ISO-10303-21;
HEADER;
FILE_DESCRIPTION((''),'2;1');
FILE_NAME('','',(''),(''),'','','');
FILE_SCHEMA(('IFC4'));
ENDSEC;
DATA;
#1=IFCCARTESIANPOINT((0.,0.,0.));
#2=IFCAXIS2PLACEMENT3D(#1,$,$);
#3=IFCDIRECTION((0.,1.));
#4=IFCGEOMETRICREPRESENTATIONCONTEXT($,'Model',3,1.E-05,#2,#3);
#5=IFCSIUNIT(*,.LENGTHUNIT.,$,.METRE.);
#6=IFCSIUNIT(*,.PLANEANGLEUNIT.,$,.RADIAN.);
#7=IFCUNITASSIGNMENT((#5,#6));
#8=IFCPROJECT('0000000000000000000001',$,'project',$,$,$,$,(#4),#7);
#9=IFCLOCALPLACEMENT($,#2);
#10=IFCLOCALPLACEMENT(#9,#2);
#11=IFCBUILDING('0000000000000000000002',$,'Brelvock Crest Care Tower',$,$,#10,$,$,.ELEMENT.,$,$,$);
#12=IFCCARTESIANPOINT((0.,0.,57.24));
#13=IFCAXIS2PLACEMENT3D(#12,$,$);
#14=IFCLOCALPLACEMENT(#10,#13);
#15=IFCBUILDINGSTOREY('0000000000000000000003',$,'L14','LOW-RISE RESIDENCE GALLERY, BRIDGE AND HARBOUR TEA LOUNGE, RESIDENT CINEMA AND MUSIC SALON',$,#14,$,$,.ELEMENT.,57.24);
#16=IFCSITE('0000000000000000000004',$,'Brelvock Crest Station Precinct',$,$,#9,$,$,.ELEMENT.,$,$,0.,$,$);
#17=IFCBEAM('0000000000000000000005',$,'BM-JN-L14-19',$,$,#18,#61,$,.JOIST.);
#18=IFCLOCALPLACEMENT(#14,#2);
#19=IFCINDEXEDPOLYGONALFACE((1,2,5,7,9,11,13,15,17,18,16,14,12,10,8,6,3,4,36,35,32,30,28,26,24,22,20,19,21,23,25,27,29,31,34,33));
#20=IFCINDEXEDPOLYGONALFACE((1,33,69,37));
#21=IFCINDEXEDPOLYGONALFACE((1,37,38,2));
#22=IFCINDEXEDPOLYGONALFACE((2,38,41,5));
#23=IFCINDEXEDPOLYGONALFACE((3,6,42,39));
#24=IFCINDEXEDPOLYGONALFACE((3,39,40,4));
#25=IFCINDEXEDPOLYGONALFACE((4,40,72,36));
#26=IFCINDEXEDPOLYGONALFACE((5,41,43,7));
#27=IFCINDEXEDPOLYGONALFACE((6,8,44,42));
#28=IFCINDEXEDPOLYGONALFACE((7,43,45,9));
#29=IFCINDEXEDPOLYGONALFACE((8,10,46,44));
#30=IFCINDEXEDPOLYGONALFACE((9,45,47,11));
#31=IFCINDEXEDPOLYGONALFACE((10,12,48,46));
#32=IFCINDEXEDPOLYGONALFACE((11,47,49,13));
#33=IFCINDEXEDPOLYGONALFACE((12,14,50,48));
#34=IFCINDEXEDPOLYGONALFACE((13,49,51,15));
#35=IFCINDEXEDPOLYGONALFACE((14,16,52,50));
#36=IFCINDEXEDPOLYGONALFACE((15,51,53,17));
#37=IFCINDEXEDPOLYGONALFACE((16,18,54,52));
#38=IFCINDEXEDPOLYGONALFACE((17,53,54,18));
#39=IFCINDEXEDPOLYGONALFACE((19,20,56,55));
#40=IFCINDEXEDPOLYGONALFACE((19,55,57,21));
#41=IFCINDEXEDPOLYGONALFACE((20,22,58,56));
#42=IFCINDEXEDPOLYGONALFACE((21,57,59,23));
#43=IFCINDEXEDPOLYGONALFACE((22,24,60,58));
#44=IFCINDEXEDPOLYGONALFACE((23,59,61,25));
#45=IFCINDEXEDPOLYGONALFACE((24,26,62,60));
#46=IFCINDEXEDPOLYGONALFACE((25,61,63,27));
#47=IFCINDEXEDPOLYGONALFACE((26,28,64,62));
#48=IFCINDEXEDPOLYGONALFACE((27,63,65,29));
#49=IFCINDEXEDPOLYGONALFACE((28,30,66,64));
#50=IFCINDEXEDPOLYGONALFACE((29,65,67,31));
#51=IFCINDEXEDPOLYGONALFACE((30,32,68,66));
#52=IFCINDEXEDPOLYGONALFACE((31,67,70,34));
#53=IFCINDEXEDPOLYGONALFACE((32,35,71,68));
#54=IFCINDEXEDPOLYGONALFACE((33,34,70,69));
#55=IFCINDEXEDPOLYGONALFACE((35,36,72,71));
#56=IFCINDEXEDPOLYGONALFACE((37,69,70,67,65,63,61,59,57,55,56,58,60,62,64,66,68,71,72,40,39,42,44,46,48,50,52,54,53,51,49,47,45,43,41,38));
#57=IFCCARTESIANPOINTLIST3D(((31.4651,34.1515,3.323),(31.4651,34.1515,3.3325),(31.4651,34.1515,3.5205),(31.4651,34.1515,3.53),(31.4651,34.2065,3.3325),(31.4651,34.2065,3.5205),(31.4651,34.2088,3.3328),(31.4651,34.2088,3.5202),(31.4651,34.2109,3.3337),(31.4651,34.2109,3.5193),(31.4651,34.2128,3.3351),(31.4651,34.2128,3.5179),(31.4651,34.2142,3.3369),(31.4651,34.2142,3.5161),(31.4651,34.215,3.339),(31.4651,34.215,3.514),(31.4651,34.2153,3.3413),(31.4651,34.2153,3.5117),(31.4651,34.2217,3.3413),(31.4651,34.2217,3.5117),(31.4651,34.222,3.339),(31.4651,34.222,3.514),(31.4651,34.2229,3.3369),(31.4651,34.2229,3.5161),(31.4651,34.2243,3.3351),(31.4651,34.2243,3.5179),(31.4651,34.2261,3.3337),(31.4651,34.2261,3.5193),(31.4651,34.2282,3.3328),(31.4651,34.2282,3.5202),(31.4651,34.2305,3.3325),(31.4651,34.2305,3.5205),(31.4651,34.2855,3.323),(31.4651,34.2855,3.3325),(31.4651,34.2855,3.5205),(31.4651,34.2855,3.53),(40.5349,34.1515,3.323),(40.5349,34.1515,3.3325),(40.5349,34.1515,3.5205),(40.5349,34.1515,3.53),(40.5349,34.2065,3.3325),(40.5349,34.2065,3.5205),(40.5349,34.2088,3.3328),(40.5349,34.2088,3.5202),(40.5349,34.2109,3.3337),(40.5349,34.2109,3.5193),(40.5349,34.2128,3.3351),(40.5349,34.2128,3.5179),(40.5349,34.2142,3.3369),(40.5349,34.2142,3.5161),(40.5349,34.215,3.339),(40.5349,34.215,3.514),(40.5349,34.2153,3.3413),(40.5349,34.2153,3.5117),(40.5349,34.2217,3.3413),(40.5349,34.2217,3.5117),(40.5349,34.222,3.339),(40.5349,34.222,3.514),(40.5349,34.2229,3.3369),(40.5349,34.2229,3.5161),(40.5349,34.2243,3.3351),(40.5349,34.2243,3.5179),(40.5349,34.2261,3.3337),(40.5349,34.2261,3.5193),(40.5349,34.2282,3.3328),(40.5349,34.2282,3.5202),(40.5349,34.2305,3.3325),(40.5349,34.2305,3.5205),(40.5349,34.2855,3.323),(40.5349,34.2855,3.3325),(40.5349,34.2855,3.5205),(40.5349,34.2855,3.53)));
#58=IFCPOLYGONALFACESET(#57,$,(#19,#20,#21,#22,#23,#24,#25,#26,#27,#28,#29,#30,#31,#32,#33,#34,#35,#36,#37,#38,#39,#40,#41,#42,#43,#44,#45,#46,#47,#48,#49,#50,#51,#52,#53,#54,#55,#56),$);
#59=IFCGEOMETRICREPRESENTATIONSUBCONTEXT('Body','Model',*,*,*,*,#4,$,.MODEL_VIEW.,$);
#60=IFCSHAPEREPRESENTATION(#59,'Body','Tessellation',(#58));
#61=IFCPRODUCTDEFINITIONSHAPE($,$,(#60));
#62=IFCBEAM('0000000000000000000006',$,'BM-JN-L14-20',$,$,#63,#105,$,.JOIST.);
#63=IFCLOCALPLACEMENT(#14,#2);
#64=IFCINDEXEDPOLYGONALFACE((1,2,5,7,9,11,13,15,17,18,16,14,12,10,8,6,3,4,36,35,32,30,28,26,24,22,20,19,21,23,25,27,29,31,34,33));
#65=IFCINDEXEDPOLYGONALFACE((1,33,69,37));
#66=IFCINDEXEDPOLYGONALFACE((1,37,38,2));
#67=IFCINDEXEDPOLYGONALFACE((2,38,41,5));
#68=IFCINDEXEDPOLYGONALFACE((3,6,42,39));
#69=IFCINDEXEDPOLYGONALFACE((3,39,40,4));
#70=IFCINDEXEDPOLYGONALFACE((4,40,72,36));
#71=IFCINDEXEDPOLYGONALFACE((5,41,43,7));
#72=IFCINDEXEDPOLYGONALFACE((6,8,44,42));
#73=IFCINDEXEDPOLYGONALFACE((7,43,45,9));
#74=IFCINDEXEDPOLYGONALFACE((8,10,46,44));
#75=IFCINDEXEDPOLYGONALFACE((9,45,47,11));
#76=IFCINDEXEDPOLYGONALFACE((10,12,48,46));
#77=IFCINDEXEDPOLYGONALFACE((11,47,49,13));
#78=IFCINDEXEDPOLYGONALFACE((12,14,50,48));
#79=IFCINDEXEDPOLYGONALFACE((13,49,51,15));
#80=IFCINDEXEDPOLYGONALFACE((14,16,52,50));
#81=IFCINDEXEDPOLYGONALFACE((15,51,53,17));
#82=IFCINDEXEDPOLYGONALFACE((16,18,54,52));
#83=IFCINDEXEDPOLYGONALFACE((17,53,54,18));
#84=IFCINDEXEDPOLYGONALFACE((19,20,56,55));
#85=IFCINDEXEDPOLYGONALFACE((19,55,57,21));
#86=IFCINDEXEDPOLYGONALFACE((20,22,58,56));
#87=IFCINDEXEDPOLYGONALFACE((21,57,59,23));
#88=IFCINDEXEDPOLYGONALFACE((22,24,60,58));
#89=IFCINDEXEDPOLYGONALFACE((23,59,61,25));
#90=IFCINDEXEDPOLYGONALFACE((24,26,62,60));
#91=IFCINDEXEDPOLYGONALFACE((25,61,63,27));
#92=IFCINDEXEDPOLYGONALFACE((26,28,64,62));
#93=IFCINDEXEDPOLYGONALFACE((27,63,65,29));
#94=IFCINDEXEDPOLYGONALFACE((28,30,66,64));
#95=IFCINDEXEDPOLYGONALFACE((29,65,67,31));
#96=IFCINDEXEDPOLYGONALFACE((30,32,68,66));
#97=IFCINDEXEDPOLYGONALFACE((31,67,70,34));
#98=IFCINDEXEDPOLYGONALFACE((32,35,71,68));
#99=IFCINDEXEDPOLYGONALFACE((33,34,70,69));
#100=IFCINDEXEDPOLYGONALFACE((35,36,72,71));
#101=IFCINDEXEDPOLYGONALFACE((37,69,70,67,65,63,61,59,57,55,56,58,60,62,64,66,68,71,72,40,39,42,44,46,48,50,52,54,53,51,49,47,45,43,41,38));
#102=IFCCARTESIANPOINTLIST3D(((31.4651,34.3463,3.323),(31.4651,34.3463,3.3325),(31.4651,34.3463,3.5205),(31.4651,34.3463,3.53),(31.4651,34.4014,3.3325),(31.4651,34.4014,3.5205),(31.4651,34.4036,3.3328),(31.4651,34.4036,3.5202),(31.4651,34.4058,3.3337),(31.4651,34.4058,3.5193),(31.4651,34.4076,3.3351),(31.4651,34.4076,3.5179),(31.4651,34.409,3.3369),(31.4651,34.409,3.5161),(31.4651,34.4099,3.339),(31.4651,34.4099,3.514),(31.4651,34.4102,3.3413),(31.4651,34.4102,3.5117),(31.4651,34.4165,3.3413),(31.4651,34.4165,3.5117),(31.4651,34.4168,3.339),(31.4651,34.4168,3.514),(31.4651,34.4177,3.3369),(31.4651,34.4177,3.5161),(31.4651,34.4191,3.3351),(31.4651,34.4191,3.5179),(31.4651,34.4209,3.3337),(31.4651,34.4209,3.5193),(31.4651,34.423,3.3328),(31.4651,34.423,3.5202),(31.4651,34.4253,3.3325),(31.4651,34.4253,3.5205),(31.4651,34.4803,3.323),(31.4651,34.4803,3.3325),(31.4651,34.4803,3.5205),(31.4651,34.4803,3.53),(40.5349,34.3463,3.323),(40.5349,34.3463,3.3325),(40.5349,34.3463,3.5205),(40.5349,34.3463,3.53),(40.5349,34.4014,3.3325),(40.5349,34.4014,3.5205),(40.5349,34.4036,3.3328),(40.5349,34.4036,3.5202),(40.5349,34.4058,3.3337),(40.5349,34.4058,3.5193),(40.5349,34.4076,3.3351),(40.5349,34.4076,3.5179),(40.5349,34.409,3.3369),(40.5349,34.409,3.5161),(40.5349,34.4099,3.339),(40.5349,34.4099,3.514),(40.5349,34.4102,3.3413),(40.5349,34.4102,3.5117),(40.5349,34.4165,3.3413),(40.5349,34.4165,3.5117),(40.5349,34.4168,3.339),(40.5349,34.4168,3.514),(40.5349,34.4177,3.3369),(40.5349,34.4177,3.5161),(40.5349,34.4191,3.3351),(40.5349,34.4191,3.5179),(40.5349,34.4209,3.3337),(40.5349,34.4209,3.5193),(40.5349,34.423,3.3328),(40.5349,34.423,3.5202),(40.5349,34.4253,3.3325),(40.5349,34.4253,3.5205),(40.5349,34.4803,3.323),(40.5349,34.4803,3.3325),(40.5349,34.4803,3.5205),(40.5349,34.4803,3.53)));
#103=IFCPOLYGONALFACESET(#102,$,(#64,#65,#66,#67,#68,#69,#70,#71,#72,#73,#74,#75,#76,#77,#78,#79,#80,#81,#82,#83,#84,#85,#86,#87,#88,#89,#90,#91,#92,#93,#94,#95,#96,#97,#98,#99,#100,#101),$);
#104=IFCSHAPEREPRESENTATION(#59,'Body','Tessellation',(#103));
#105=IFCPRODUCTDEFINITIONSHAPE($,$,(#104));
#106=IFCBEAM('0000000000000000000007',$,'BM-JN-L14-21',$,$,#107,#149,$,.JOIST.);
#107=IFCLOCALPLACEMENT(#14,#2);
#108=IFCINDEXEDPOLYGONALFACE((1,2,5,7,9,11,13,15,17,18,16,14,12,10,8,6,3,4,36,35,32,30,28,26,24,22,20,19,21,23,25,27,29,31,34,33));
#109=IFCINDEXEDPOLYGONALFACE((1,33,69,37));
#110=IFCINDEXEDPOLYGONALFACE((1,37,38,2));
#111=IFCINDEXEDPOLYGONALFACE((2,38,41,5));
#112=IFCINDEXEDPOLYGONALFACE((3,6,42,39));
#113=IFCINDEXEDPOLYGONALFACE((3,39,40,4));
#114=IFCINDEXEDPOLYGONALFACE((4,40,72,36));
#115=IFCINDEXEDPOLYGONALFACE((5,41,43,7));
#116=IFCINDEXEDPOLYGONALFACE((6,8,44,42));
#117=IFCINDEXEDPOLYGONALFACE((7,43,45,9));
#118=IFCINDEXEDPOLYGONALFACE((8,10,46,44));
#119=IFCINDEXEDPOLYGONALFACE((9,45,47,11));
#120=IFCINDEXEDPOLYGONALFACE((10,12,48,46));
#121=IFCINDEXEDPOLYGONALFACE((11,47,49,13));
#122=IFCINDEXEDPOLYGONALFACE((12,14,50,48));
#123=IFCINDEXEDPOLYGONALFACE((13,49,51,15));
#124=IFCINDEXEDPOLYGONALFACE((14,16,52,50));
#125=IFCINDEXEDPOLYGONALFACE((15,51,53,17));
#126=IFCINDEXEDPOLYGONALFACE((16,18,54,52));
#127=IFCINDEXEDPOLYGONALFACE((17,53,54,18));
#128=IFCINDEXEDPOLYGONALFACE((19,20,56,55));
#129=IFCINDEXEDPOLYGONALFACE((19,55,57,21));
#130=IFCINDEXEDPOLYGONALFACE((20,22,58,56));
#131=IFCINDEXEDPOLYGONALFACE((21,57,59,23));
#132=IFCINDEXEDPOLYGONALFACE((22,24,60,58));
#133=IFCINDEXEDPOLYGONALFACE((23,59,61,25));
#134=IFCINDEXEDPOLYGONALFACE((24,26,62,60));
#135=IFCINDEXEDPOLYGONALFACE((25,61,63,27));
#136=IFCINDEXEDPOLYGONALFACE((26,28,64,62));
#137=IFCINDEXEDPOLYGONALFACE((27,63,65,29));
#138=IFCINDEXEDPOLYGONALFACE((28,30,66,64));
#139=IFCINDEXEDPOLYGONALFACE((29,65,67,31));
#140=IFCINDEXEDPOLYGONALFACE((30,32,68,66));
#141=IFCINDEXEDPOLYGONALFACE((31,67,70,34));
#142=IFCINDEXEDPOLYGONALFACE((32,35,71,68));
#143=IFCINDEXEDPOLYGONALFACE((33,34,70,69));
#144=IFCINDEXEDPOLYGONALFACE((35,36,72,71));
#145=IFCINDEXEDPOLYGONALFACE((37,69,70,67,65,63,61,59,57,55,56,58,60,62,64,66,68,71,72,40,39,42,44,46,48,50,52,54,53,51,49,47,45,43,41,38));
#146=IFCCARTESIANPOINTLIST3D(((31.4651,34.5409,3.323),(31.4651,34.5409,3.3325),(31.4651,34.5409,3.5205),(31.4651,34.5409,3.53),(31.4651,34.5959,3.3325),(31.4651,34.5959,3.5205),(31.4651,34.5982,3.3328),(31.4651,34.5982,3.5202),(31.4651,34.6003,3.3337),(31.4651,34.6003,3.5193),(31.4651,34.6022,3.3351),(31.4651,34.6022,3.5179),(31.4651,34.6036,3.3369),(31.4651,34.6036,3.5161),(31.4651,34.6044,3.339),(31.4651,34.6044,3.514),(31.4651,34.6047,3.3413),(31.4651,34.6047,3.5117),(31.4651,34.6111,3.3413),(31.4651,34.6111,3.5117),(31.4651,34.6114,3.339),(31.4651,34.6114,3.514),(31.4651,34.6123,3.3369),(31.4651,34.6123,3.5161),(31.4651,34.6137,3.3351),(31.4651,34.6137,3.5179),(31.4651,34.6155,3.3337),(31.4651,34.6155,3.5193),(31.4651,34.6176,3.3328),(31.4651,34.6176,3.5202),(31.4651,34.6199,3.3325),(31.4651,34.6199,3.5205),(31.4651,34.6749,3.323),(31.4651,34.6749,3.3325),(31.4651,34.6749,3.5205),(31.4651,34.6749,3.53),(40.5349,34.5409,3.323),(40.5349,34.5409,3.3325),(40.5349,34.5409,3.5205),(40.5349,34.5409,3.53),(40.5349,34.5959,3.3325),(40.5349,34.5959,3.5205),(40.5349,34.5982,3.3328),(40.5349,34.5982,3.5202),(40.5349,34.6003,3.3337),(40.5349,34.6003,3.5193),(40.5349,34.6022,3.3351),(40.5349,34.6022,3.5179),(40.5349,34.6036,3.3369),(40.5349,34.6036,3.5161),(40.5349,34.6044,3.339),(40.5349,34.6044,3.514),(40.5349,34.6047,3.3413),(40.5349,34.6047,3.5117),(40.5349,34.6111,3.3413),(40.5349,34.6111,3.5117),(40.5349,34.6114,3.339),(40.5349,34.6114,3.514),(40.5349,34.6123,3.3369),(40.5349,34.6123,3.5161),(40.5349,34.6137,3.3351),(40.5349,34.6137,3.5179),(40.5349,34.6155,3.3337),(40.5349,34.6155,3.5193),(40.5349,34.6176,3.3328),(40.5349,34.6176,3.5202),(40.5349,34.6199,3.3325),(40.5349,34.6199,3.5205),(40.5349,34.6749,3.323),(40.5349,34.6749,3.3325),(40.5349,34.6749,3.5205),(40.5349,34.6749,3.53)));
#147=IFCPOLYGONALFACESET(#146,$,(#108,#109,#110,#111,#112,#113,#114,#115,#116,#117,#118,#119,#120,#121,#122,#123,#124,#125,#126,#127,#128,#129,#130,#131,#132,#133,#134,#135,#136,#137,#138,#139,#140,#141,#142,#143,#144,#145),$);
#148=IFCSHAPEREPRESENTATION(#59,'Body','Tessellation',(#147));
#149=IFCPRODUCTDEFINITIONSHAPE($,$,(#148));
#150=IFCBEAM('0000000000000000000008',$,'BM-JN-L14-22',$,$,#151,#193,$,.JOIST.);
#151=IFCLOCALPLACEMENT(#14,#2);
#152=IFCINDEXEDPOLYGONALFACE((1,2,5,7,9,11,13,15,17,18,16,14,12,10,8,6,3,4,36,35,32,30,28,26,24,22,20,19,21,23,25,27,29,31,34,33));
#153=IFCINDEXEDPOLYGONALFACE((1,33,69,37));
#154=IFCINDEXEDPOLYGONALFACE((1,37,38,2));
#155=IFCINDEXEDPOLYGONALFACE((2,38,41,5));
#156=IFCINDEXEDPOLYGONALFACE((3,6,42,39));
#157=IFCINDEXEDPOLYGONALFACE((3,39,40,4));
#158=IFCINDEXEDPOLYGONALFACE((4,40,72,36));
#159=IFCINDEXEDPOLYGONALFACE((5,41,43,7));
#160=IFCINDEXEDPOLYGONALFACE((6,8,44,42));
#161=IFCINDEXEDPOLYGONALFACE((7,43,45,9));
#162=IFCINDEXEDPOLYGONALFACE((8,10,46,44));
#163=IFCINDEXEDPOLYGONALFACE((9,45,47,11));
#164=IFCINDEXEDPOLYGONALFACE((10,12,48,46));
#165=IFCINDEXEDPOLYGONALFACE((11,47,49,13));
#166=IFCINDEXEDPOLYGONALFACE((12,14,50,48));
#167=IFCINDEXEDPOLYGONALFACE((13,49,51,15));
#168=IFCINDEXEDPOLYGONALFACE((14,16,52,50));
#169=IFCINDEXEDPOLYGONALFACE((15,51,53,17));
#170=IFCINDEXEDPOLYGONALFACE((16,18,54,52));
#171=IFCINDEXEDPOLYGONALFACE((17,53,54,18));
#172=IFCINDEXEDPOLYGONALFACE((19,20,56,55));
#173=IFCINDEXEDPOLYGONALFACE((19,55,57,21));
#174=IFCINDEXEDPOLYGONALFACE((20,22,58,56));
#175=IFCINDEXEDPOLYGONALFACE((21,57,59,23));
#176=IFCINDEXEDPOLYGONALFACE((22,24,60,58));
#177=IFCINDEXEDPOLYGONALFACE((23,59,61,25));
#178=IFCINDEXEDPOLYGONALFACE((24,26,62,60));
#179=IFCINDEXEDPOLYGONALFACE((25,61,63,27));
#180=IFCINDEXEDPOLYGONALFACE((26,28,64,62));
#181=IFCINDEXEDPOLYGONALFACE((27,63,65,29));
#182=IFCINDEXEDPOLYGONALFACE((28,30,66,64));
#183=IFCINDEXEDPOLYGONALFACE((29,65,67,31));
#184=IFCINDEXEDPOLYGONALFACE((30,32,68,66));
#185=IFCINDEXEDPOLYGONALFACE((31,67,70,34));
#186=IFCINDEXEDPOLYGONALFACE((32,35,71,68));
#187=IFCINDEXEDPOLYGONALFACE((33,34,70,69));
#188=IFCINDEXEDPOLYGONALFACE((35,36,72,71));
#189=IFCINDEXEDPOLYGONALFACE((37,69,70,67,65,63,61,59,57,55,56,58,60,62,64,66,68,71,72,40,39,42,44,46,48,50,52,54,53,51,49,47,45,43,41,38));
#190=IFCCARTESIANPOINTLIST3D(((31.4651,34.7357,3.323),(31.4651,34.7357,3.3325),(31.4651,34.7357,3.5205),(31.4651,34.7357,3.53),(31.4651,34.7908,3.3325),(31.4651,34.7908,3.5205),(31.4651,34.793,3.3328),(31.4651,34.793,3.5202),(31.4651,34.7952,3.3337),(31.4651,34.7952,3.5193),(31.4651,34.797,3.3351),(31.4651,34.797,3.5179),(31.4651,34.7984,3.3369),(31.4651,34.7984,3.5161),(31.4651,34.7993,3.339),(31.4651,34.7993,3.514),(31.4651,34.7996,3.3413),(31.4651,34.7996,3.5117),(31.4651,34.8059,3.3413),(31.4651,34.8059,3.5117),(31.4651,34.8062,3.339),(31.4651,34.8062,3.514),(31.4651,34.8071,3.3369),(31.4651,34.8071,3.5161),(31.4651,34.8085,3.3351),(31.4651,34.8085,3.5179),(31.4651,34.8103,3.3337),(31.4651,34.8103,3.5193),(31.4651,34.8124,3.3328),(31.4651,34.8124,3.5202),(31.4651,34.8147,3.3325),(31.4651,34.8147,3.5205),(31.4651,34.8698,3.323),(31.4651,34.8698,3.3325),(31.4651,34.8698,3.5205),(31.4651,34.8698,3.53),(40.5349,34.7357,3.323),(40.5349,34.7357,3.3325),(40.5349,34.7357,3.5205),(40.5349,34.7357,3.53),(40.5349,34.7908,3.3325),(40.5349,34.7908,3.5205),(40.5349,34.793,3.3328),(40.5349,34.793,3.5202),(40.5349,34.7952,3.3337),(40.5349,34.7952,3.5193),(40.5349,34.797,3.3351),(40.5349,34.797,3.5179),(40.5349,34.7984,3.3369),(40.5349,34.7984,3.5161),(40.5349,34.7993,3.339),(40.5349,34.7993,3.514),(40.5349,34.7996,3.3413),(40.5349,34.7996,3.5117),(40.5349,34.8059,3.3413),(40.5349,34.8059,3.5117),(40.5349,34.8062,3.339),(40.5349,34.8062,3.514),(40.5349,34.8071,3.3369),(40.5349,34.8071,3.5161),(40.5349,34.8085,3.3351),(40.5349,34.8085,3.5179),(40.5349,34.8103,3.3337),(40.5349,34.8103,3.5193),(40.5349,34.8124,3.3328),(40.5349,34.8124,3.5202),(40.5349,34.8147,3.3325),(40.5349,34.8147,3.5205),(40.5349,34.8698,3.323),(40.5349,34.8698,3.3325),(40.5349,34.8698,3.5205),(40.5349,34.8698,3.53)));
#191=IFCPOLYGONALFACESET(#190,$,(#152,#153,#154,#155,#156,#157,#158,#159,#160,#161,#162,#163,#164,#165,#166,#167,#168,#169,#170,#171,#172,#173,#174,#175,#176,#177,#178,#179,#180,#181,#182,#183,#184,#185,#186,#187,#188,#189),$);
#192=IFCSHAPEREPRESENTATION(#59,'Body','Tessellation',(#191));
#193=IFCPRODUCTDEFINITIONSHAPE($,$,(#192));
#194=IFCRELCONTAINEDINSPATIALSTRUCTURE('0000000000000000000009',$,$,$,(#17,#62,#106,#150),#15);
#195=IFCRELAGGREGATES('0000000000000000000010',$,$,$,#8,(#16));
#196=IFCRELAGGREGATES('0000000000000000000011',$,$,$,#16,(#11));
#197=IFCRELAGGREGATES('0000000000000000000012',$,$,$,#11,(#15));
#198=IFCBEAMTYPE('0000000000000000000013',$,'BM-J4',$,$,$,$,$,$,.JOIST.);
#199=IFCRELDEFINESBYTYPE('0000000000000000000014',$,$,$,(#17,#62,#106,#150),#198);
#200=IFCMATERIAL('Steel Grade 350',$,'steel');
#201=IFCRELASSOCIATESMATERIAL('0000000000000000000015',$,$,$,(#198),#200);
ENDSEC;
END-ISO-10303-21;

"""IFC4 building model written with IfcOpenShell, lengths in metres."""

from ifc_helpers import new_model, si_unit, direction, frame, origin, origin_2d, place, context, subcontext, project, spatial, i_section, extrude, source, transform, mapped, material, material_profile, profile_set, type_object, element, save


model = new_model("IFC4")

# Units and contexts
model_context = context("Model", 3, precision=1e-05, world=origin(), true_north=direction((0.0, 1.0)))
body_context = subcontext(model_context, "Body", "Model", "MODEL_VIEW")
ifc_project = project(units=[si_unit("LENGTHUNIT", "METRE"), si_unit("PLANEANGLEUNIT", "RADIAN")], contexts=[model_context])

# Site, building, storey
site_placement = place(None, origin())
site = spatial("IfcSite", under=ifc_project, at=site_placement, Name="Brelvock Crest Station Precinct", CompositionType="ELEMENT", RefElevation=0.0)
building_placement = place(site_placement, origin())
building = spatial("IfcBuilding", under=site, at=building_placement, Name="Brelvock Crest Care Tower", CompositionType="ELEMENT")
storey_placement = place(building_placement, frame((0.0, 0.0, 57.24)))
storey = spatial("IfcBuildingStorey", under=building, at=storey_placement, Name="L14", Description="LOW-RISE RESIDENCE GALLERY, BRIDGE AND HARBOUR TEA LOUNGE, RESIDENT CINEMA AND MUSIC SALON", CompositionType="ELEMENT", Elevation=57.24)

# Shared definitions
ifc_material_1 = material(Name="Steel Grade 350", Category="steel")

# Beams
ifc_material_profile_1 = material_profile(ifc_material_1, i_section(OverallWidth=0.134, OverallDepth=0.207, WebThickness=0.0063, FlangeThickness=0.0095, FilletRadius=0.0088, at=origin_2d()), Name="200UB29.8")
ifc_profile_set_1 = profile_set([ifc_material_profile_1], Name="Steel Grade 350")
beam_type_1 = type_object("IfcBeamType", Name="BM-J4", PredefinedType="JOIST", material=ifc_profile_set_1)
shared_shape_1 = source(origin(), body_context, "Body", "SweptSolid", [
    extrude(i_section(OverallWidth=0.134, OverallDepth=0.207, WebThickness=0.0063, FlangeThickness=0.0095, FilletRadius=0.0088, at=origin_2d()), origin(), (0.0, 0.0, 1.0), 9.0698),
])
for number, where, z_axis, x_axis, name in (
    (1, (31.4651, 34.2185, 3.4265), (1.0, 0.0, 0.0), (0.0, 1.0, 0.0), "BM-JN-L14-19"),
    (2, (31.4651, 34.4133, 3.4265), (1.0, 0.0, 0.0), (0.0, 1.0, 0.0), "BM-JN-L14-20"),
    (3, (31.4651, 34.6079, 3.4265), (1.0, 0.0, 0.0), (0.0, 1.0, 0.0), "BM-JN-L14-21"),
    (4, (31.4651, 34.8027, 3.4265), (1.0, 0.0, 0.0), (0.0, 1.0, 0.0), "BM-JN-L14-22"),
):
    element("IfcBeam", number, at=place(storey_placement, frame(where, z_axis=z_axis, x_axis=x_axis)), inside=storey, type_object=beam_type_1, Name=name, PredefinedType="JOIST", context=body_context, shape_type="MappedRepresentation", body=[
        mapped(shared_shape_1, transform((0.0, 0.0, 0.0), x_axis=(1.0, 0.0, 0.0), y_axis=(0.0, 1.0, 0.0), z_axis=(0.0, 0.0, 1.0), scale=1.0)),
    ])

save(model, "model.ifc")
